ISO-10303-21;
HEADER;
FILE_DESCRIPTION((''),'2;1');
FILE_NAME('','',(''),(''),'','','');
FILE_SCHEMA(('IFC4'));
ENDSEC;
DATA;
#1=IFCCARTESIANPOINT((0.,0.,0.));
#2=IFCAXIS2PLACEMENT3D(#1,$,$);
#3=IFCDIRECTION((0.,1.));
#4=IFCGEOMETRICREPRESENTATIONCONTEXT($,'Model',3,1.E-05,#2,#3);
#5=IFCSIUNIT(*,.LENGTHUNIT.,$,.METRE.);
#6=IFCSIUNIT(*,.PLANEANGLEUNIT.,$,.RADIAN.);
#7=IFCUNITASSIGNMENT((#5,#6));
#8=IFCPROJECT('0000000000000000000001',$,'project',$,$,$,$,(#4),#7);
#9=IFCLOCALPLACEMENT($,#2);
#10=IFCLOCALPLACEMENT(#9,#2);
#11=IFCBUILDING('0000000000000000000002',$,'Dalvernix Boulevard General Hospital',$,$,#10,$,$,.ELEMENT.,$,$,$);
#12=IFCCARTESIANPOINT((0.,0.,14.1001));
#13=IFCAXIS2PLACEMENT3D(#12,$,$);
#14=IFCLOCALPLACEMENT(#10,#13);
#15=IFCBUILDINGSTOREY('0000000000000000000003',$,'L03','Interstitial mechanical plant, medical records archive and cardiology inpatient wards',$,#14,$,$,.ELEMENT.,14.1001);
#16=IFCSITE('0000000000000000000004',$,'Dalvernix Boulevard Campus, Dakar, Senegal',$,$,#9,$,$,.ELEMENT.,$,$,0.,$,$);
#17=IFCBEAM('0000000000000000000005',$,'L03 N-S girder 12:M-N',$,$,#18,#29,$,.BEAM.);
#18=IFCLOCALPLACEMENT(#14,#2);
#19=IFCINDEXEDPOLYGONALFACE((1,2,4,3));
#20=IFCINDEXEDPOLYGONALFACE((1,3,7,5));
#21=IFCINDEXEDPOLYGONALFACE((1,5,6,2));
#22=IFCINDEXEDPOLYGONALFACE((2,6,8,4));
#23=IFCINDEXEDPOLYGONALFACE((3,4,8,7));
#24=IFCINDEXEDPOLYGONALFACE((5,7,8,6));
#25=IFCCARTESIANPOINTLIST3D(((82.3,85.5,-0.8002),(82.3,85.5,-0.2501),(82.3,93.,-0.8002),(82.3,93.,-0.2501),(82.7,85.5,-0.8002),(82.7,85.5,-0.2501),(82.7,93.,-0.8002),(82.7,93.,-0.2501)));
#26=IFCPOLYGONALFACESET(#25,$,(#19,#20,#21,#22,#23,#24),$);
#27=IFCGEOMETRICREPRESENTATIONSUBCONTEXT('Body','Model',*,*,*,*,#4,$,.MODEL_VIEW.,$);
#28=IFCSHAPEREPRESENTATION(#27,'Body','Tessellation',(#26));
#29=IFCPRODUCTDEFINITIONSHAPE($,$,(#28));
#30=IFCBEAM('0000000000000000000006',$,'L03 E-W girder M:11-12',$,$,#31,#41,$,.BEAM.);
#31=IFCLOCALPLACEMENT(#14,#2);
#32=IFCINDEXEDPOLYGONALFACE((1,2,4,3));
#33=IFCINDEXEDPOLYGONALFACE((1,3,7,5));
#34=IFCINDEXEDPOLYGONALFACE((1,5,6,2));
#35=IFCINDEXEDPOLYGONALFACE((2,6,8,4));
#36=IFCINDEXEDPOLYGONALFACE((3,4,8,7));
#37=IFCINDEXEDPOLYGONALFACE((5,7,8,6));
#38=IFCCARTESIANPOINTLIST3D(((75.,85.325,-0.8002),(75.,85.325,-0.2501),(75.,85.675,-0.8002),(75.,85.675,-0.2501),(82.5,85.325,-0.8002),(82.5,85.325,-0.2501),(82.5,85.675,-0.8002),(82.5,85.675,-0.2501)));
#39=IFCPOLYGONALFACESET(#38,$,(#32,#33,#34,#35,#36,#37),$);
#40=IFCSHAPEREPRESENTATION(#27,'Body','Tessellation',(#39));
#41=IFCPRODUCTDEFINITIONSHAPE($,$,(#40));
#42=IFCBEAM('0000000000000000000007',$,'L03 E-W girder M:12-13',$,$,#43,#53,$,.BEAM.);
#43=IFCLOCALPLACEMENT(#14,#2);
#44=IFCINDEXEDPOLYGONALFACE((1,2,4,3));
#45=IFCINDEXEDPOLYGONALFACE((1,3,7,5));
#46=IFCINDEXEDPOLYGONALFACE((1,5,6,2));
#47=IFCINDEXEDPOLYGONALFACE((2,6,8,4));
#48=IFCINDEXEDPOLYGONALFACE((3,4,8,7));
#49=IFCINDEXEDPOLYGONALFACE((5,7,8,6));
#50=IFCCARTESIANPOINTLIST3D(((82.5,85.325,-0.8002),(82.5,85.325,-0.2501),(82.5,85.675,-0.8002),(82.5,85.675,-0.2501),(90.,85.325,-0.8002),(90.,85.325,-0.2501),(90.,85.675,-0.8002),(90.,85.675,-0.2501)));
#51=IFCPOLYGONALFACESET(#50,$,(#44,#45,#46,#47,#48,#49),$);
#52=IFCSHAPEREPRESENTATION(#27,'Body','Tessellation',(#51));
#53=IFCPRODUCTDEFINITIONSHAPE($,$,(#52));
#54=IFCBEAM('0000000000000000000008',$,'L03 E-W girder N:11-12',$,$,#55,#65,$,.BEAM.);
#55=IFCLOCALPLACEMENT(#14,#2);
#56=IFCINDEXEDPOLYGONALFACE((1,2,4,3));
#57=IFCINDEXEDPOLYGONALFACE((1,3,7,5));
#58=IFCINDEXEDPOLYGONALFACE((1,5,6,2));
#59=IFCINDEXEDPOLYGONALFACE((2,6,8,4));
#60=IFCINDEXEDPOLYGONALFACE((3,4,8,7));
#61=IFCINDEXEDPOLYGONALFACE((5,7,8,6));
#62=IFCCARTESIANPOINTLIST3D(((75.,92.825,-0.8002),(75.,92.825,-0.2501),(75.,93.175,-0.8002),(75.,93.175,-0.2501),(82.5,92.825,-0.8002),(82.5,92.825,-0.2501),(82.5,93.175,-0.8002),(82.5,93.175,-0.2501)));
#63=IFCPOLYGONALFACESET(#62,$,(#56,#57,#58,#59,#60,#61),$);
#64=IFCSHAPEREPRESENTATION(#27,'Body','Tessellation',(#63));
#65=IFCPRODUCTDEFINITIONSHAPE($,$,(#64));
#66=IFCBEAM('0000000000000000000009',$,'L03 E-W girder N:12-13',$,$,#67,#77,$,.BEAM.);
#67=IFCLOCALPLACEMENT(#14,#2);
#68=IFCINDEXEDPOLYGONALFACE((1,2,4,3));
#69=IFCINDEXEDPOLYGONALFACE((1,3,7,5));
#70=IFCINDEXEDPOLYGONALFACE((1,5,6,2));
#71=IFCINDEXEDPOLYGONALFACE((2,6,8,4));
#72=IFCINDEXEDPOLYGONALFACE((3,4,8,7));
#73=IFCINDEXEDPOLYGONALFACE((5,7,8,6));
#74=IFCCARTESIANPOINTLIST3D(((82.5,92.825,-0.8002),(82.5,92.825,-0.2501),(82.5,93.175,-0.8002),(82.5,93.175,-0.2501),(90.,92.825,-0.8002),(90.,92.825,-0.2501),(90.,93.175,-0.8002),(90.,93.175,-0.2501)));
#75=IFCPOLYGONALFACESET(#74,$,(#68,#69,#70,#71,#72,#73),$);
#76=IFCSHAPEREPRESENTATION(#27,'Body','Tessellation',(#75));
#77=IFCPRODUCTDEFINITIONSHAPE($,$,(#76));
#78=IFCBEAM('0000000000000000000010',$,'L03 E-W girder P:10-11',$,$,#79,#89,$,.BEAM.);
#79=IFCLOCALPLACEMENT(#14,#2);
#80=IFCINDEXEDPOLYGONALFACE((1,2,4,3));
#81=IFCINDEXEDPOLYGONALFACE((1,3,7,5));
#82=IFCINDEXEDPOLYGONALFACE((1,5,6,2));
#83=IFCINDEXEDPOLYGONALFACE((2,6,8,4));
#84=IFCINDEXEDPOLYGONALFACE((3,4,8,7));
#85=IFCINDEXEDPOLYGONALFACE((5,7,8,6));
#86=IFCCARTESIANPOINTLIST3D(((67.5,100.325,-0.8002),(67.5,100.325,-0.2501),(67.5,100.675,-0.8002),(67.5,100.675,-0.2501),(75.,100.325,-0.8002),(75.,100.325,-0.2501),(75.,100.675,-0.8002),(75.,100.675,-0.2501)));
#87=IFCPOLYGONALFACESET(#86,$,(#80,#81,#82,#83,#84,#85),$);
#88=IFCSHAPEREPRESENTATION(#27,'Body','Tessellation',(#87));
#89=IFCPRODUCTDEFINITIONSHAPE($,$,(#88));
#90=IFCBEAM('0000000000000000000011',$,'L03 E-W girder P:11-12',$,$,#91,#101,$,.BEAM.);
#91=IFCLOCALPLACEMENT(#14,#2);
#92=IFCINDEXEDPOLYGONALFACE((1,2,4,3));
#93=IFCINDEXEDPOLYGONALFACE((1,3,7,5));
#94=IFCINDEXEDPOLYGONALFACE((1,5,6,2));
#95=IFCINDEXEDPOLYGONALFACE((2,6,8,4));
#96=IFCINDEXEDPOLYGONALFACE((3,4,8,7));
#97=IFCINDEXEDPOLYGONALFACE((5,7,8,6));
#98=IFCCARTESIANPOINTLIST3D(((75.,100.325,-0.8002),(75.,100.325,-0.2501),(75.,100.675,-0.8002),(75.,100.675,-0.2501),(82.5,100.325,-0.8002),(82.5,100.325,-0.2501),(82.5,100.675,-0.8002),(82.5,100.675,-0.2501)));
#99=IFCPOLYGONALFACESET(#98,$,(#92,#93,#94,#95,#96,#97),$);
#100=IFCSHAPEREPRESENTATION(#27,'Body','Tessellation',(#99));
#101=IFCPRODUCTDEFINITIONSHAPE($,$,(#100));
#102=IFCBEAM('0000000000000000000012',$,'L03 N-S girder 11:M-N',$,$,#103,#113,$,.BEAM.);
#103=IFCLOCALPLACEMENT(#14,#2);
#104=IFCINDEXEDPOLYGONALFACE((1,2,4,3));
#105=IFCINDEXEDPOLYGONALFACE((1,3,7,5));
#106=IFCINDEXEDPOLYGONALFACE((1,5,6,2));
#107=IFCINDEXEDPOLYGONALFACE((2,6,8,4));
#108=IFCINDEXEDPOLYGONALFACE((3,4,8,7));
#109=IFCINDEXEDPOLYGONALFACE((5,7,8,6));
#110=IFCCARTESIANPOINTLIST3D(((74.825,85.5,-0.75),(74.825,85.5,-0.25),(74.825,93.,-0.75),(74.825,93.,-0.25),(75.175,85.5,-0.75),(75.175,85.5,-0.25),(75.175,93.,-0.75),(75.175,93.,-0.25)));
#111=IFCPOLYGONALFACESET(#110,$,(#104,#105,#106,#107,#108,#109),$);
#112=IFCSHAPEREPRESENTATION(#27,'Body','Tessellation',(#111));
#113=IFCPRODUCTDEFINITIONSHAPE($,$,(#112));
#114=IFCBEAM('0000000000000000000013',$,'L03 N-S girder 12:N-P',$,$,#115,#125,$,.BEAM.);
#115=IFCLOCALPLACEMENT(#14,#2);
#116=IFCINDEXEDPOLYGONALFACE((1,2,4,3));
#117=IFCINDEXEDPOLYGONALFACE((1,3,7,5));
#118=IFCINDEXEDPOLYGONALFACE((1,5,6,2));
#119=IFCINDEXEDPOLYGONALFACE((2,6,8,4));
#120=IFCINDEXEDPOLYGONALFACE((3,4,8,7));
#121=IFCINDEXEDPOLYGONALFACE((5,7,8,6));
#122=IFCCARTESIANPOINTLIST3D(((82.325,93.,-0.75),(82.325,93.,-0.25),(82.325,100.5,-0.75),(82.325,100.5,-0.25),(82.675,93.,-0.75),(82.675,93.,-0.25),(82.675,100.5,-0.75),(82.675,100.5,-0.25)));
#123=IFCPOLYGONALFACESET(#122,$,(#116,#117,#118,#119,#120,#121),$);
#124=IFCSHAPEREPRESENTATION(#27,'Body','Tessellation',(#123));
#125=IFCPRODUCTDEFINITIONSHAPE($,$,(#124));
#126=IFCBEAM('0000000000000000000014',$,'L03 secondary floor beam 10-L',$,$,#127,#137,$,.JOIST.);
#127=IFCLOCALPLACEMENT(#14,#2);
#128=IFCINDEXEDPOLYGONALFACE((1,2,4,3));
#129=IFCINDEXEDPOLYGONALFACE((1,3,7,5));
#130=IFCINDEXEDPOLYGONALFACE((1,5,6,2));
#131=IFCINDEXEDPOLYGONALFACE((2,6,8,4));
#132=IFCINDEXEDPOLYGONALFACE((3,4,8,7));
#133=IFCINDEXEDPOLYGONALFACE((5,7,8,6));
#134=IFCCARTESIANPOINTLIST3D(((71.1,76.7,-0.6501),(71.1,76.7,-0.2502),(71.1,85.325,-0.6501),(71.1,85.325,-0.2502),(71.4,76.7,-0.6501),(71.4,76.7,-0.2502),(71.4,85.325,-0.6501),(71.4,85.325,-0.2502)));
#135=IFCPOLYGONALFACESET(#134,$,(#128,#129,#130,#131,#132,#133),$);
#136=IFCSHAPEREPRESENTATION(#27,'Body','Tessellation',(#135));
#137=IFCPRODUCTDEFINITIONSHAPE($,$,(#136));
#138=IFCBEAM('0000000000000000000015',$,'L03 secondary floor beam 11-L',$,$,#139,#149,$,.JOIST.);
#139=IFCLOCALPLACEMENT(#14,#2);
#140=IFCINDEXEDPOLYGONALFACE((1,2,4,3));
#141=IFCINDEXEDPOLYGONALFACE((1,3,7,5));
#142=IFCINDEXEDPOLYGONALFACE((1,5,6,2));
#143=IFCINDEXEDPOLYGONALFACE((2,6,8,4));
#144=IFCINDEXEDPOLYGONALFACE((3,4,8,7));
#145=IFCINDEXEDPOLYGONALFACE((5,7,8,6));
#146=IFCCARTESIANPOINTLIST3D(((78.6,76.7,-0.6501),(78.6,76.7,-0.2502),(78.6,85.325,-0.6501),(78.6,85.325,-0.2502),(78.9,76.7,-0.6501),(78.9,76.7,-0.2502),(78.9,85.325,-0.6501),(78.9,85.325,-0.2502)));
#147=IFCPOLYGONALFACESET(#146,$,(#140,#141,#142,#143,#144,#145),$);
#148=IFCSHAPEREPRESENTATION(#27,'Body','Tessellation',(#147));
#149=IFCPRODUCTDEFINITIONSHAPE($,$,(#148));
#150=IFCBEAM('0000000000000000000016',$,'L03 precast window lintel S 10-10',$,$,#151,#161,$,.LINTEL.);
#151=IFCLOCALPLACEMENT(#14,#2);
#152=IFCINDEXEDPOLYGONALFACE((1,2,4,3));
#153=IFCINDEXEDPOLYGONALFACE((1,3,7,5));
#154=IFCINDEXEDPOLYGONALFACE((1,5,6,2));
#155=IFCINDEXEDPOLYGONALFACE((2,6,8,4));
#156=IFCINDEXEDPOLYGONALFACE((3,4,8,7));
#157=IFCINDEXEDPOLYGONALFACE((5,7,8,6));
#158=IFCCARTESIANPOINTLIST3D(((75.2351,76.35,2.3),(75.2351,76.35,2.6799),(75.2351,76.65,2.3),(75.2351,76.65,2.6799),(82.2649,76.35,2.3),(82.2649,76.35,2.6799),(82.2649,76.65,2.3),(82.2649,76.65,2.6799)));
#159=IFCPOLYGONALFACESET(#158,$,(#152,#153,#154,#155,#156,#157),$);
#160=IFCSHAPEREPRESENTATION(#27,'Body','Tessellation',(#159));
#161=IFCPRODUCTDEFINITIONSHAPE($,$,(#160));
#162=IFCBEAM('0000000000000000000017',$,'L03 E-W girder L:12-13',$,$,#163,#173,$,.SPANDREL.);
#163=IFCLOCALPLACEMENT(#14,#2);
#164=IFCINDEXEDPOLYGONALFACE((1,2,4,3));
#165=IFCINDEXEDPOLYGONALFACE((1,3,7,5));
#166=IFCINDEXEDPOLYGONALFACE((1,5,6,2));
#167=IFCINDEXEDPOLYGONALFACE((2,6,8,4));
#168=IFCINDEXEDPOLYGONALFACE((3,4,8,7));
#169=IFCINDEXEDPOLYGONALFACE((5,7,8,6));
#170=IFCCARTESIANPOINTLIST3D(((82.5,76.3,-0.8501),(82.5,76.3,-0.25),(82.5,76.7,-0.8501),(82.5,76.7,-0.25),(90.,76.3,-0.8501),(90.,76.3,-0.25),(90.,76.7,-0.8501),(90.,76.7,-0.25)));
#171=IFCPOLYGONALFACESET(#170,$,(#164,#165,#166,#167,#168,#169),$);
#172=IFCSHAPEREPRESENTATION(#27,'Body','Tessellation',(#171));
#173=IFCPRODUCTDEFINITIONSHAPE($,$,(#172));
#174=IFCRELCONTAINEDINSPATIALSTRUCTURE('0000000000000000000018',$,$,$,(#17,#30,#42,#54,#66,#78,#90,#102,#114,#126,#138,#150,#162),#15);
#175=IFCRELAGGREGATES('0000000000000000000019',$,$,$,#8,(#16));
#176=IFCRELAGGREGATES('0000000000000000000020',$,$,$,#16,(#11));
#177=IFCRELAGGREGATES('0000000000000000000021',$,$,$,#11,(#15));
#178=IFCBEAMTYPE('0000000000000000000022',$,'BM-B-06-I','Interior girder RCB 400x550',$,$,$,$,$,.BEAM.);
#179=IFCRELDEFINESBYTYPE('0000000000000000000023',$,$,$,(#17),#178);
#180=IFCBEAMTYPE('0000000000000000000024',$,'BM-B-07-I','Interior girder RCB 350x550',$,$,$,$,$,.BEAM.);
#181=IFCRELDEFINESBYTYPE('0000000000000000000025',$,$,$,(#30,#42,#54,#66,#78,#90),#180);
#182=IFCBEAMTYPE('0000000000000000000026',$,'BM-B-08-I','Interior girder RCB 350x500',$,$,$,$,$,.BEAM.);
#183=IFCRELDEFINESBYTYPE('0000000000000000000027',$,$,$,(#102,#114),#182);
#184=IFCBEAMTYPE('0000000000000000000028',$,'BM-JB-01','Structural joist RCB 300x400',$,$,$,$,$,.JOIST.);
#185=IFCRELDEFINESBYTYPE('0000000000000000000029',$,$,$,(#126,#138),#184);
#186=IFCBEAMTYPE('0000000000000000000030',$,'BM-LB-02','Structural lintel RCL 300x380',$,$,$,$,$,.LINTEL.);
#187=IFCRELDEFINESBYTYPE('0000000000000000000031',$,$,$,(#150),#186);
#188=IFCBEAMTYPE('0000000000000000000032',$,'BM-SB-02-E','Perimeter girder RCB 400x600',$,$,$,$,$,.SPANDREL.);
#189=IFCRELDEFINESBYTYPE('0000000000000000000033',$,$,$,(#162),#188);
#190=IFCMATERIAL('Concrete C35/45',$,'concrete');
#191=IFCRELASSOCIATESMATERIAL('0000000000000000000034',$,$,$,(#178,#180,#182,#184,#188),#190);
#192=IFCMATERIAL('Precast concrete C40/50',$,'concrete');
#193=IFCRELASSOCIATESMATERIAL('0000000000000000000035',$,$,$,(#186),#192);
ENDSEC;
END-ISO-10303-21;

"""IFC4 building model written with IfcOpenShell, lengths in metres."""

from ifc_helpers import new_model, si_unit, direction, frame, origin, origin_2d, place, context, subcontext, project, spatial, rectangle, extrude, material, material_profile, profile_set, type_object, element, save


model = new_model("IFC4")

# Units and contexts
model_context = context("Model", 3, precision=1e-05, world=origin(), true_north=direction((0.0, 1.0)))
body_context = subcontext(model_context, "Body", "Model", "MODEL_VIEW")
ifc_project = project(units=[si_unit("LENGTHUNIT", "METRE"), si_unit("PLANEANGLEUNIT", "RADIAN")], contexts=[model_context])

# Site, building, storey
site_placement = place(None, origin())
site = spatial("IfcSite", under=ifc_project, at=site_placement, Name="Dalvernix Boulevard Campus, Dakar, Senegal", CompositionType="ELEMENT", RefElevation=0.0)
building_placement = place(site_placement, origin())
building = spatial("IfcBuilding", under=site, at=building_placement, Name="Dalvernix Boulevard General Hospital", CompositionType="ELEMENT")
storey_placement = place(building_placement, frame((0.0, 0.0, 14.1001)))
storey = spatial("IfcBuildingStorey", under=building, at=storey_placement, Name="L03", Description="Interstitial mechanical plant, medical records archive and cardiology inpatient wards", CompositionType="ELEMENT", Elevation=14.1001)

# Beams
ifc_material_1 = material(Name="Concrete C35/45", Category="concrete")
ifc_material_profile_1 = material_profile(ifc_material_1, rectangle(XDim=0.3999, YDim=0.55, at=origin_2d()), Name="RCB 400x550")
ifc_profile_set_1 = profile_set([ifc_material_profile_1], Name="Concrete C35/45")
beam_type_1 = type_object("IfcBeamType", Name="BM-B-06-I", Description="Interior girder RCB 400x550", PredefinedType="BEAM", material=ifc_profile_set_1)
for number, where, z_axis, x_axis, name in (
    (1, (82.5, 85.5, -0.5251), (0.0, 1.0, 0.0), (-1.0, 0.0, 0.0), "L03 N-S girder 12:M-N"),
):
    element("IfcBeam", number, at=place(storey_placement, frame(where, z_axis=z_axis, x_axis=x_axis)), inside=storey, type_object=beam_type_1, Name=name, PredefinedType="BEAM", context=body_context, shape_type="SweptSolid", body=[
        extrude(rectangle(XDim=0.3999, YDim=0.55, at=origin_2d()), origin(), (0.0, 0.0, 1.0), 7.5),
    ])
ifc_material_profile_2 = material_profile(ifc_material_1, rectangle(XDim=0.3501, YDim=0.55, at=origin_2d()), Name="RCB 350x550")
ifc_profile_set_2 = profile_set([ifc_material_profile_2], Name="Concrete C35/45")
beam_type_2 = type_object("IfcBeamType", Name="BM-B-07-I", Description="Interior girder RCB 350x550", PredefinedType="BEAM", material=ifc_profile_set_2)
for number, where, z_axis, x_axis, name in (
    (2, (75.0, 85.5, -0.5251), (1.0, 0.0, 0.0), (0.0, 1.0, 0.0), "L03 E-W girder M:11-12"),
    (3, (82.5, 85.5, -0.5251), (1.0, 0.0, 0.0), (0.0, 1.0, 0.0), "L03 E-W girder M:12-13"),
    (4, (75.0, 93.0, -0.5251), (1.0, 0.0, 0.0), (0.0, 1.0, 0.0), "L03 E-W girder N:11-12"),
    (5, (82.5, 93.0, -0.5251), (1.0, 0.0, 0.0), (0.0, 1.0, 0.0), "L03 E-W girder N:12-13"),
    (6, (67.5, 100.5, -0.5251), (1.0, 0.0, 0.0), (0.0, 1.0, 0.0), "L03 E-W girder P:10-11"),
    (7, (75.0, 100.5, -0.5251), (1.0, 0.0, 0.0), (0.0, 1.0, 0.0), "L03 E-W girder P:11-12"),
):
    element("IfcBeam", number, at=place(storey_placement, frame(where, z_axis=z_axis, x_axis=x_axis)), inside=storey, type_object=beam_type_2, Name=name, PredefinedType="BEAM", context=body_context, shape_type="SweptSolid", body=[
        extrude(rectangle(XDim=0.3501, YDim=0.55, at=origin_2d()), origin(), (0.0, 0.0, 1.0), 7.5),
    ])
ifc_material_profile_3 = material_profile(ifc_material_1, rectangle(XDim=0.3501, YDim=0.5, at=origin_2d()), Name="RCB 350x500")
ifc_profile_set_3 = profile_set([ifc_material_profile_3], Name="Concrete C35/45")
beam_type_3 = type_object("IfcBeamType", Name="BM-B-08-I", Description="Interior girder RCB 350x500", PredefinedType="BEAM", material=ifc_profile_set_3)
for number, where, z_axis, x_axis, name in (
    (8, (75.0, 85.5, -0.5), (0.0, 1.0, 0.0), (-1.0, 0.0, 0.0), "L03 N-S girder 11:M-N"),
    (9, (82.5, 93.0, -0.5), (0.0, 1.0, 0.0), (-1.0, 0.0, 0.0), "L03 N-S girder 12:N-P"),
):
    element("IfcBeam", number, at=place(storey_placement, frame(where, z_axis=z_axis, x_axis=x_axis)), inside=storey, type_object=beam_type_3, Name=name, PredefinedType="BEAM", context=body_context, shape_type="SweptSolid", body=[
        extrude(rectangle(XDim=0.3501, YDim=0.5, at=origin_2d()), origin(), (0.0, 0.0, 1.0), 7.5),
    ])
ifc_material_profile_4 = material_profile(ifc_material_1, rectangle(XDim=0.3, YDim=0.3999, at=origin_2d()), Name="RCB 300x400")
ifc_profile_set_4 = profile_set([ifc_material_profile_4], Name="Concrete C35/45")
beam_type_4 = type_object("IfcBeamType", Name="BM-JB-01", Description="Structural joist RCB 300x400", PredefinedType="JOIST", material=ifc_profile_set_4)
for number, where, z_axis, x_axis, name in (
    (10, (71.25, 76.7, -0.4502), (0.0, 1.0, 0.0), (-1.0, 0.0, 0.0), "L03 secondary floor beam 10-L"),
    (11, (78.75, 76.7, -0.4502), (0.0, 1.0, 0.0), (-1.0, 0.0, 0.0), "L03 secondary floor beam 11-L"),
):
    element("IfcBeam", number, at=place(storey_placement, frame(where, z_axis=z_axis, x_axis=x_axis)), inside=storey, type_object=beam_type_4, Name=name, PredefinedType="JOIST", context=body_context, shape_type="SweptSolid", body=[
        extrude(rectangle(XDim=0.3, YDim=0.3999, at=origin_2d()), origin(), (0.0, 0.0, 1.0), 8.625),
    ])
ifc_material_2 = material(Name="Precast concrete C40/50", Category="concrete")
ifc_material_profile_5 = material_profile(ifc_material_2, rectangle(XDim=0.3, YDim=0.3799, at=origin_2d()), Name="RCL 300x380")
ifc_profile_set_5 = profile_set([ifc_material_profile_5], Name="Precast concrete C40/50")
beam_type_5 = type_object("IfcBeamType", Name="BM-LB-02", Description="Structural lintel RCL 300x380", PredefinedType="LINTEL", material=ifc_profile_set_5)
beam_1_placement = place(storey_placement, frame((82.2649, 76.5, 2.49), z_axis=(-1.0, 0.0, 0.0), x_axis=(0.0, -1.0, 0.0)))
element("IfcBeam", 12, at=beam_1_placement, inside=storey, type_object=beam_type_5, Name="L03 precast window lintel S 10-10", PredefinedType="LINTEL", context=body_context, shape_type="SweptSolid", body=[
    extrude(rectangle(XDim=0.3, YDim=0.3799, at=origin_2d()), origin(), (0.0, 0.0, 1.0), 7.0298),
])
ifc_material_profile_6 = material_profile(ifc_material_1, rectangle(XDim=0.3999, YDim=0.6001, at=origin_2d()), Name="RCB 400x600")
ifc_profile_set_6 = profile_set([ifc_material_profile_6], Name="Concrete C35/45")
beam_type_6 = type_object("IfcBeamType", Name="BM-SB-02-E", Description="Perimeter girder RCB 400x600", PredefinedType="SPANDREL", material=ifc_profile_set_6)
beam_2_placement = place(storey_placement, frame((82.5, 76.5, -0.55), z_axis=(1.0, 0.0, 0.0), x_axis=(0.0, 1.0, 0.0)))
element("IfcBeam", 13, at=beam_2_placement, inside=storey, type_object=beam_type_6, Name="L03 E-W girder L:12-13", PredefinedType="SPANDREL", context=body_context, shape_type="SweptSolid", body=[
    extrude(rectangle(XDim=0.3999, YDim=0.6001, at=origin_2d()), origin(), (0.0, 0.0, 1.0), 7.5),
])

save(model, "model.ifc")
